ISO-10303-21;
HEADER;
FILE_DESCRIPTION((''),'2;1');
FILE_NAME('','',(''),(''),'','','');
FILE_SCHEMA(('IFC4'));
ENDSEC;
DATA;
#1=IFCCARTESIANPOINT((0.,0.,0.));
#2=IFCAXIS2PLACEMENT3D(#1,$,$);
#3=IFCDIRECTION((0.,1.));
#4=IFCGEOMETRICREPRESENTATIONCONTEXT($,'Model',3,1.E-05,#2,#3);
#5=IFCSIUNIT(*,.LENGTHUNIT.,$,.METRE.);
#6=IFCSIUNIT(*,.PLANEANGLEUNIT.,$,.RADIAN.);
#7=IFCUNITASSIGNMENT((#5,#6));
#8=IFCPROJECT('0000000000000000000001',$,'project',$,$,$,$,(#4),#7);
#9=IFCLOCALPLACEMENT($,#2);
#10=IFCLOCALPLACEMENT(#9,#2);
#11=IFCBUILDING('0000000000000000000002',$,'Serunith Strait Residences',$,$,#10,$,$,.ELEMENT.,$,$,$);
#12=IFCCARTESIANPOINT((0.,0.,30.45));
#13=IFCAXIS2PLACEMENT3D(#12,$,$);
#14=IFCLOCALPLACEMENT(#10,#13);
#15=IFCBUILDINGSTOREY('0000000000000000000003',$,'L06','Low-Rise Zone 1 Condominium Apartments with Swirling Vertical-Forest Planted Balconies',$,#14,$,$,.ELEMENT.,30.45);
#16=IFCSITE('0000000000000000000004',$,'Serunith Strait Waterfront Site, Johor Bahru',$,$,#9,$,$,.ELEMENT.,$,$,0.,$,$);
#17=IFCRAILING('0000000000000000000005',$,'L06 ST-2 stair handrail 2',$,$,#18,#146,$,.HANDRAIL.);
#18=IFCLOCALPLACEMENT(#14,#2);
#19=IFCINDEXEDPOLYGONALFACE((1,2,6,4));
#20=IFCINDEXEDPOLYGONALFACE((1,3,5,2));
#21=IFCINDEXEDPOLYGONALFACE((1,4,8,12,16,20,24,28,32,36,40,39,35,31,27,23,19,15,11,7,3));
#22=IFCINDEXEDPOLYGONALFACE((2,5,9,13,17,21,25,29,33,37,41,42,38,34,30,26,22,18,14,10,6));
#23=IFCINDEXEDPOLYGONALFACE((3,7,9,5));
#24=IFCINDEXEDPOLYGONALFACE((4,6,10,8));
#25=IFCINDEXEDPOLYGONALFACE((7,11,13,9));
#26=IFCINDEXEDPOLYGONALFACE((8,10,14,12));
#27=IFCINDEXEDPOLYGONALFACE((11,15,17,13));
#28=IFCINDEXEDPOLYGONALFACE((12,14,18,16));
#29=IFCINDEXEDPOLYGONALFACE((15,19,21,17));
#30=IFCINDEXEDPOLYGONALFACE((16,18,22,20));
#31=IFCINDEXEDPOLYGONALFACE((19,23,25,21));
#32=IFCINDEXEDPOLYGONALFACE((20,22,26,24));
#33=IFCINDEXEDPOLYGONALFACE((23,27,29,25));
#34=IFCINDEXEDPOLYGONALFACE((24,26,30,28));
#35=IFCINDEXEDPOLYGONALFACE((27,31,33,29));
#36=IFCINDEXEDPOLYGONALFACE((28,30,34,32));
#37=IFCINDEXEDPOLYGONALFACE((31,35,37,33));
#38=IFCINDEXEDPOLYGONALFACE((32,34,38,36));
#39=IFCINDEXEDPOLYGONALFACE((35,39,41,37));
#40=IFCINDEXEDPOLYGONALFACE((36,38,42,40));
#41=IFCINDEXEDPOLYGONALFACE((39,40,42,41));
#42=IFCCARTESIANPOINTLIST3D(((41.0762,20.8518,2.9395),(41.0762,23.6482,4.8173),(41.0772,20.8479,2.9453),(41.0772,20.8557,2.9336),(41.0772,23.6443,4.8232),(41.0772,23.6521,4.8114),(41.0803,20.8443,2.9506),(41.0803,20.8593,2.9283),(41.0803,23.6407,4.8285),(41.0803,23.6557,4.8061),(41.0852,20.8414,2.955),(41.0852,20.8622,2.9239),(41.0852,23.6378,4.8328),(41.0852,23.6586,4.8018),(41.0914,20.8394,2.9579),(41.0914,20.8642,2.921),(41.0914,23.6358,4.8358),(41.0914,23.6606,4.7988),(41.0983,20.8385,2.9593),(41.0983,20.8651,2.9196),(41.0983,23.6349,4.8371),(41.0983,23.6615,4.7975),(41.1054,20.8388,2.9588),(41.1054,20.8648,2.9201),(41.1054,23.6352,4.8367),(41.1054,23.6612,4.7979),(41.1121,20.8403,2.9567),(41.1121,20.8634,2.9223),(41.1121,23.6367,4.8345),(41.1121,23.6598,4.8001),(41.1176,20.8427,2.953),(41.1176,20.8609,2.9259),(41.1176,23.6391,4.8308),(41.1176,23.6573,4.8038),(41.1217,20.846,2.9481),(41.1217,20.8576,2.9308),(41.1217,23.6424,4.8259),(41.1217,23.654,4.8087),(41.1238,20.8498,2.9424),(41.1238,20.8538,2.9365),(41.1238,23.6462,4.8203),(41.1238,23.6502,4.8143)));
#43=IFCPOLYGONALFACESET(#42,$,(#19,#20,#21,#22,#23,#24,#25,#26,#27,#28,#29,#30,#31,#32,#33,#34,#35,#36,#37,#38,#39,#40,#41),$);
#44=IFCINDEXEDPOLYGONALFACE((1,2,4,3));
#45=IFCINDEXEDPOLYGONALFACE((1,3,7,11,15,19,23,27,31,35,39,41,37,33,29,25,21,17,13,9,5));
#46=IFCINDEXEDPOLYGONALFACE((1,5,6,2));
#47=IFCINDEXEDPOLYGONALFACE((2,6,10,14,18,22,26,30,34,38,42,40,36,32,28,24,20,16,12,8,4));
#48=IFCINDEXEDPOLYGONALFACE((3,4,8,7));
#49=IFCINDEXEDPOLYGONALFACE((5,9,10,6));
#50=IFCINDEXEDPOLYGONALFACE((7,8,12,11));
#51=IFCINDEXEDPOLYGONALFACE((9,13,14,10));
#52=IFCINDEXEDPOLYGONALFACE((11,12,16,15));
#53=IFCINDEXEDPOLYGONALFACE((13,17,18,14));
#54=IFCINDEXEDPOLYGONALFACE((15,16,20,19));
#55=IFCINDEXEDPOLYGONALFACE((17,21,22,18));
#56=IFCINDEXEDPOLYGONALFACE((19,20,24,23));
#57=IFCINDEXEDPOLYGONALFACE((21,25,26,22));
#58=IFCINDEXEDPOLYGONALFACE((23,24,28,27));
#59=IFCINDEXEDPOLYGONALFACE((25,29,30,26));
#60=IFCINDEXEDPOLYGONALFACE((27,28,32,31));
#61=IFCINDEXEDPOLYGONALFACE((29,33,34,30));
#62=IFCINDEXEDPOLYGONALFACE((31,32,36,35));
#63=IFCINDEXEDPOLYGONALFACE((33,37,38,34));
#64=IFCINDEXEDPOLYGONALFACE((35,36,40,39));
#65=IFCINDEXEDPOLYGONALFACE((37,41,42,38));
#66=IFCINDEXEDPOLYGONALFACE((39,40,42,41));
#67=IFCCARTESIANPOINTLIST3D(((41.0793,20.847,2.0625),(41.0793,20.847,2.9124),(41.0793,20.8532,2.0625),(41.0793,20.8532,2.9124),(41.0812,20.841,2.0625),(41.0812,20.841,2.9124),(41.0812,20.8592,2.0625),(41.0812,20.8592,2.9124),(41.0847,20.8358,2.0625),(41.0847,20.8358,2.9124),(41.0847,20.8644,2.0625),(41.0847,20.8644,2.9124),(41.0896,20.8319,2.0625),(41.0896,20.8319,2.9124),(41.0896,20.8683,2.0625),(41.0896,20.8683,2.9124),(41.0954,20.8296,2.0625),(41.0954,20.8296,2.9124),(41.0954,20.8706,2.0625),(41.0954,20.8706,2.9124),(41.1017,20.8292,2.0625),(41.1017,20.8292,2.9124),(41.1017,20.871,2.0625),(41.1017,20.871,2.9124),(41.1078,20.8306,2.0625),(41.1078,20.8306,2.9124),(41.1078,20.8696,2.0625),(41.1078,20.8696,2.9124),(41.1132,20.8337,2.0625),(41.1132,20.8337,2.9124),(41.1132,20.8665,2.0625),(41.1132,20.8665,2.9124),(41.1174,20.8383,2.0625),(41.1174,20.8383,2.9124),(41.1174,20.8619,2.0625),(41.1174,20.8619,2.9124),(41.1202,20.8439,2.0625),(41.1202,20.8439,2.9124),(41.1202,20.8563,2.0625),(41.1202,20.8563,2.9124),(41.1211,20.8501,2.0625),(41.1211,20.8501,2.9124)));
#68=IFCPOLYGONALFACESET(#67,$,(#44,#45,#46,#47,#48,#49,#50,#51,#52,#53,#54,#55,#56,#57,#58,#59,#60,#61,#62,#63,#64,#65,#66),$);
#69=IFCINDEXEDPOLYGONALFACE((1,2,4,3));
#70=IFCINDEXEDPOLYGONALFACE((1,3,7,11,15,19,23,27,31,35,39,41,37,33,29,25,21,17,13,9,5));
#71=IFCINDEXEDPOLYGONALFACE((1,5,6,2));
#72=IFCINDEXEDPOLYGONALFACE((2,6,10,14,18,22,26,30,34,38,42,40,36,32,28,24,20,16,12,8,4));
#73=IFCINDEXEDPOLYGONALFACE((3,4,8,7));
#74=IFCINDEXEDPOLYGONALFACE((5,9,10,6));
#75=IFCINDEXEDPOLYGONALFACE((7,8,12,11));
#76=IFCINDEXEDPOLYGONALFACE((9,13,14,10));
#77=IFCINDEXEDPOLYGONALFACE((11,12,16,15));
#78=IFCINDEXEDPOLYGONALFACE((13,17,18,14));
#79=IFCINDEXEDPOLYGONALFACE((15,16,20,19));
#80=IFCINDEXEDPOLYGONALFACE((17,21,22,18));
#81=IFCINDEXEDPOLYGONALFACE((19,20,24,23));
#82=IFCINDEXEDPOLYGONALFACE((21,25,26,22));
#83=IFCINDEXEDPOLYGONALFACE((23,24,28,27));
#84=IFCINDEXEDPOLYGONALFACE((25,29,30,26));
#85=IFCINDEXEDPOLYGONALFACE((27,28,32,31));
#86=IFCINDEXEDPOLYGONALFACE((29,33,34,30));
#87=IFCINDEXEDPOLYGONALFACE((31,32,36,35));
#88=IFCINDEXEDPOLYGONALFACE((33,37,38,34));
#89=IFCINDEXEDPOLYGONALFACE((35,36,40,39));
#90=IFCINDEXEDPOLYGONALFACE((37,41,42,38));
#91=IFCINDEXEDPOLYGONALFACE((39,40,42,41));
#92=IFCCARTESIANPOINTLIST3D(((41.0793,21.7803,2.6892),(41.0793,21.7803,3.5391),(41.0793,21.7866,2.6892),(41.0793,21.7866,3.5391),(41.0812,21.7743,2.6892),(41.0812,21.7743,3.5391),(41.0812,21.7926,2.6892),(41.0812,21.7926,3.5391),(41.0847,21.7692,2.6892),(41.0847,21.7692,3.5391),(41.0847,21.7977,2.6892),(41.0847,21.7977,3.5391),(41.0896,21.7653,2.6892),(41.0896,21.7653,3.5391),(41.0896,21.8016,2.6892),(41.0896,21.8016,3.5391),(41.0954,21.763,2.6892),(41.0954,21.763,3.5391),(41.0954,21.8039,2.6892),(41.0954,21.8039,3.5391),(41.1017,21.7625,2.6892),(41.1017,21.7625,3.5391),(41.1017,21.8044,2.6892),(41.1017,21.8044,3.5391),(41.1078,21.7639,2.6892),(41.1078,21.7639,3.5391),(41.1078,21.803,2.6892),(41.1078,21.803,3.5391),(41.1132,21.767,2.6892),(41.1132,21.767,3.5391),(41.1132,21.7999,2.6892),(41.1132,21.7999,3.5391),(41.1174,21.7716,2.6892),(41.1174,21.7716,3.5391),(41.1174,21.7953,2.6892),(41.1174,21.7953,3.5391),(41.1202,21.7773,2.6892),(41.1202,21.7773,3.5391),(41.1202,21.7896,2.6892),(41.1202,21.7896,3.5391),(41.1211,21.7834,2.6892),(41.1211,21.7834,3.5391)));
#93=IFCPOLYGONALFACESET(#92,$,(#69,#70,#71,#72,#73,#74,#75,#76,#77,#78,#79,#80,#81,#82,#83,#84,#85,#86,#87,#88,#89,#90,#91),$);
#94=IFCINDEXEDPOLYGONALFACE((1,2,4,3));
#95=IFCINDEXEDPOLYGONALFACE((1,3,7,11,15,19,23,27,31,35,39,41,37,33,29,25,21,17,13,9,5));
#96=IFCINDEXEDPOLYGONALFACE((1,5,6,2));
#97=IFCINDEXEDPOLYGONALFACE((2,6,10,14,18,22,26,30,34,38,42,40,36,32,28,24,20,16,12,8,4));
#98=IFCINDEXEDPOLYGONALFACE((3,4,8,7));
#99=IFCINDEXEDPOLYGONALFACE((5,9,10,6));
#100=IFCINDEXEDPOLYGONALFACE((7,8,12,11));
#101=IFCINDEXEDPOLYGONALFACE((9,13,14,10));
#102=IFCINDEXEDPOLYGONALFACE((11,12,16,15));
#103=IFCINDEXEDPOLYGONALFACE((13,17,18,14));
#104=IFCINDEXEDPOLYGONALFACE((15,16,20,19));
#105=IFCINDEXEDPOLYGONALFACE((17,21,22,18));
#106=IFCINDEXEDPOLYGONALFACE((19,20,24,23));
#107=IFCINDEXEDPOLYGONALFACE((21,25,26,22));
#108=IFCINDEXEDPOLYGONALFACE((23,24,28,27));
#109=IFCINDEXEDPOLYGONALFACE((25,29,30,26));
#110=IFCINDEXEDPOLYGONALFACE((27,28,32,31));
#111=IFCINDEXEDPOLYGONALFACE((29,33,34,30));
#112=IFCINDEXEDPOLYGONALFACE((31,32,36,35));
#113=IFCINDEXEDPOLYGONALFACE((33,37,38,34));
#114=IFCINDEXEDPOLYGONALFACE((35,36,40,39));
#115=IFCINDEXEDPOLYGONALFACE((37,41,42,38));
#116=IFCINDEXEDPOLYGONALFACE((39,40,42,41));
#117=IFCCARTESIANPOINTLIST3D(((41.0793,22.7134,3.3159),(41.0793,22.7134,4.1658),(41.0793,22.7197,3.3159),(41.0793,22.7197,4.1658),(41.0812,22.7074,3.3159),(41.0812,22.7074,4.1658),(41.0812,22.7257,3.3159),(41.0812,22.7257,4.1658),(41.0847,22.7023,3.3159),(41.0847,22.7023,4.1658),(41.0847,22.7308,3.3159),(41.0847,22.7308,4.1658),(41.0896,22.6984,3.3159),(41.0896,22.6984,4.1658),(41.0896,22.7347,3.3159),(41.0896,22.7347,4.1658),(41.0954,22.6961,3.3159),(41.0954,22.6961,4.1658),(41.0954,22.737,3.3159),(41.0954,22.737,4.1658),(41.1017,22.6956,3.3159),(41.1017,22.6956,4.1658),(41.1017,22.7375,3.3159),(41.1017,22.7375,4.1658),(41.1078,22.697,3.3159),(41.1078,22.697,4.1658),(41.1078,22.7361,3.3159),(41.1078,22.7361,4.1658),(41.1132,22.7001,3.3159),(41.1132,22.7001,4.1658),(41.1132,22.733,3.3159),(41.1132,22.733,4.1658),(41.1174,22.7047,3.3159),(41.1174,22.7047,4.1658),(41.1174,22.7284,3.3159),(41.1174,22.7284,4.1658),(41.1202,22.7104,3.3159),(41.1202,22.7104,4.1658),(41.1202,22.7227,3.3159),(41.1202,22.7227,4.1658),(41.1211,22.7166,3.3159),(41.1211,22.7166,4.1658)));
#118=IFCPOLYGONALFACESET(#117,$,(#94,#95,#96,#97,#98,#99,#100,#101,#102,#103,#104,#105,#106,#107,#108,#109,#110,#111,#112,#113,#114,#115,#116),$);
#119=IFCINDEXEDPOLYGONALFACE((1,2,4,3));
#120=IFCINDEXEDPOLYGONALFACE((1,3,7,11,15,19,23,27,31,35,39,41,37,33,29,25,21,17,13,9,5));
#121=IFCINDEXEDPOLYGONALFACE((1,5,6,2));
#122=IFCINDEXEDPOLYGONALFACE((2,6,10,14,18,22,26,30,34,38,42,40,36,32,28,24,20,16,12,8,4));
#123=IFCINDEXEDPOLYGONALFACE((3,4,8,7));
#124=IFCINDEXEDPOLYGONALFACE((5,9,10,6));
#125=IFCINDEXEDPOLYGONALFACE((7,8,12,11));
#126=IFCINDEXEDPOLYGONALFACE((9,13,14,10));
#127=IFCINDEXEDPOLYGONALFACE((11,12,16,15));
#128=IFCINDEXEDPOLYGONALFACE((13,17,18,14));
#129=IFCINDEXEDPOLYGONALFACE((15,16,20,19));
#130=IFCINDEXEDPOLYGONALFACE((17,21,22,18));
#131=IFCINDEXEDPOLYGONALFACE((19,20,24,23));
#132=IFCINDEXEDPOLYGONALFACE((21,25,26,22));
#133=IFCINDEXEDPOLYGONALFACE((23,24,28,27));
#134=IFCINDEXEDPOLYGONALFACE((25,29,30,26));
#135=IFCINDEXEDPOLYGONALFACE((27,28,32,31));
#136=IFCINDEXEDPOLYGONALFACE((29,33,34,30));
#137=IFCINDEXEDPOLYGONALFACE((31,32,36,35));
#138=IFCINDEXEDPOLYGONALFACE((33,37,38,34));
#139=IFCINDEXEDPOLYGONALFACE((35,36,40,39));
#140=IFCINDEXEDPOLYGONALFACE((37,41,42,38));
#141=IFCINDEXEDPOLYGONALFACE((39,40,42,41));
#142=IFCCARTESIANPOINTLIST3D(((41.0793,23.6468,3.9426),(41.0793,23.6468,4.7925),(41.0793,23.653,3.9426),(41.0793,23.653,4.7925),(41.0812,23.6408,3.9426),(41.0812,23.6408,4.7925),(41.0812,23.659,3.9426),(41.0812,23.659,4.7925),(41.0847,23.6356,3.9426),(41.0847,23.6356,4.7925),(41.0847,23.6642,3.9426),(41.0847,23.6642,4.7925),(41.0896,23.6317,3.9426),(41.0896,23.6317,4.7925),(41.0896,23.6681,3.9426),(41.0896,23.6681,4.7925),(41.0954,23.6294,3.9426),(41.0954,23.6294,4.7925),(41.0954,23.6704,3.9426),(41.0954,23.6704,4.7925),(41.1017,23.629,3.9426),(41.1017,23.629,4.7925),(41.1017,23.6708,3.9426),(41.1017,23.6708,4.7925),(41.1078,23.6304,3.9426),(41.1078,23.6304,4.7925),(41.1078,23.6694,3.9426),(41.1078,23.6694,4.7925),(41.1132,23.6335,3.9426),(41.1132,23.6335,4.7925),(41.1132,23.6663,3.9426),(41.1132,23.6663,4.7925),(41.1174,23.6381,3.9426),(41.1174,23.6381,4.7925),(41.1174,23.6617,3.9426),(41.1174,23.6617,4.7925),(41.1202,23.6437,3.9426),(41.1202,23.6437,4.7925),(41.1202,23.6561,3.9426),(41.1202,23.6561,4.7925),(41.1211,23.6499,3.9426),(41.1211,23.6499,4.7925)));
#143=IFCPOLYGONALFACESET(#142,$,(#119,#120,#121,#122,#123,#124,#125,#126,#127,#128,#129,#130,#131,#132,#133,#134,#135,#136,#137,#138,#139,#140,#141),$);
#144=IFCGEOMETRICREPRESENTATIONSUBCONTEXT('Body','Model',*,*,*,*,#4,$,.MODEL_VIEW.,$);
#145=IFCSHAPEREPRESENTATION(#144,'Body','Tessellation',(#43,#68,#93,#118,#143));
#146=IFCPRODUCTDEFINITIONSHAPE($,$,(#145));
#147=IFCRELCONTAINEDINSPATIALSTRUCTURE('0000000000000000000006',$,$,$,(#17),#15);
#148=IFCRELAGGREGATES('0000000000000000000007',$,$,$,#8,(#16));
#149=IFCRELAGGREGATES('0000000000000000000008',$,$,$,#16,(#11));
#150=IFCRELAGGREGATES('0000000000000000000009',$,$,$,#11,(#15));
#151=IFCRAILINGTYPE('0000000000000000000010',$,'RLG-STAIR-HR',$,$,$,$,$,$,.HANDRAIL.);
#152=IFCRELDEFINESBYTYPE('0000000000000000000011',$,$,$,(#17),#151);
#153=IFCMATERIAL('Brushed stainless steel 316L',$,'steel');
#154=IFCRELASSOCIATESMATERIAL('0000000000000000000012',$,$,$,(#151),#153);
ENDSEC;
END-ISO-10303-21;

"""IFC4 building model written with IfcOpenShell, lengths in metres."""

from ifc_helpers import new_model, si_unit, direction, frame, origin, origin_2d, place, context, subcontext, project, spatial, circle, extrude, material, type_object, element, save


model = new_model("IFC4")

# Units and contexts
model_context = context("Model", 3, precision=1e-05, world=origin(), true_north=direction((0.0, 1.0)))
body_context = subcontext(model_context, "Body", "Model", "MODEL_VIEW")
ifc_project = project(units=[si_unit("LENGTHUNIT", "METRE"), si_unit("PLANEANGLEUNIT", "RADIAN")], contexts=[model_context])

# Site, building, storey
site_placement = place(None, origin())
site = spatial("IfcSite", under=ifc_project, at=site_placement, Name="Serunith Strait Waterfront Site, Johor Bahru", CompositionType="ELEMENT", RefElevation=0.0)
building_placement = place(site_placement, origin())
building = spatial("IfcBuilding", under=site, at=building_placement, Name="Serunith Strait Residences", CompositionType="ELEMENT")
storey_placement = place(building_placement, frame((0.0, 0.0, 30.45)))
storey = spatial("IfcBuildingStorey", under=building, at=storey_placement, Name="L06", Description="Low-Rise Zone 1 Condominium Apartments with Swirling Vertical-Forest Planted Balconies", CompositionType="ELEMENT", Elevation=30.45)

# Railing
ifc_material_1 = material(Name="Brushed stainless steel 316L", Category="steel")
railing_type_1 = type_object("IfcRailingType", Name="RLG-STAIR-HR", PredefinedType="HANDRAIL", material=ifc_material_1)
railing_1_placement = place(storey_placement, frame((41.1001, 20.8501, 2.0625)))
element("IfcRailing", 1, at=railing_1_placement, inside=storey, type_object=railing_type_1, Name="L06 ST-2 stair handrail 2", PredefinedType="HANDRAIL", context=body_context, shape_type="SweptSolid", body=[
    extrude(circle(Radius=0.0239, at=origin_2d()), frame((0.0, 0.0017, 0.877), z_axis=(0.0, 0.830186, 0.557487), x_axis=(-1.0, 0.0, 0.0)), (0.0, 0.0, 1.0), 3.3684),
    extrude(circle(Radius=0.021, at=origin_2d()), origin(), (0.0, 0.0, 1.0), 0.8499),
    extrude(circle(Radius=0.021, at=origin_2d()), frame((0.0, 0.9333, 0.6267)), (0.0, 0.0, 1.0), 0.8499),
    extrude(circle(Radius=0.021, at=origin_2d()), frame((0.0, 1.8665, 1.2534)), (0.0, 0.0, 1.0), 0.8499),
    extrude(circle(Radius=0.021, at=origin_2d()), frame((0.0, 2.7998, 1.8801)), (0.0, 0.0, 1.0), 0.8499),
])

save(model, "model.ifc")
